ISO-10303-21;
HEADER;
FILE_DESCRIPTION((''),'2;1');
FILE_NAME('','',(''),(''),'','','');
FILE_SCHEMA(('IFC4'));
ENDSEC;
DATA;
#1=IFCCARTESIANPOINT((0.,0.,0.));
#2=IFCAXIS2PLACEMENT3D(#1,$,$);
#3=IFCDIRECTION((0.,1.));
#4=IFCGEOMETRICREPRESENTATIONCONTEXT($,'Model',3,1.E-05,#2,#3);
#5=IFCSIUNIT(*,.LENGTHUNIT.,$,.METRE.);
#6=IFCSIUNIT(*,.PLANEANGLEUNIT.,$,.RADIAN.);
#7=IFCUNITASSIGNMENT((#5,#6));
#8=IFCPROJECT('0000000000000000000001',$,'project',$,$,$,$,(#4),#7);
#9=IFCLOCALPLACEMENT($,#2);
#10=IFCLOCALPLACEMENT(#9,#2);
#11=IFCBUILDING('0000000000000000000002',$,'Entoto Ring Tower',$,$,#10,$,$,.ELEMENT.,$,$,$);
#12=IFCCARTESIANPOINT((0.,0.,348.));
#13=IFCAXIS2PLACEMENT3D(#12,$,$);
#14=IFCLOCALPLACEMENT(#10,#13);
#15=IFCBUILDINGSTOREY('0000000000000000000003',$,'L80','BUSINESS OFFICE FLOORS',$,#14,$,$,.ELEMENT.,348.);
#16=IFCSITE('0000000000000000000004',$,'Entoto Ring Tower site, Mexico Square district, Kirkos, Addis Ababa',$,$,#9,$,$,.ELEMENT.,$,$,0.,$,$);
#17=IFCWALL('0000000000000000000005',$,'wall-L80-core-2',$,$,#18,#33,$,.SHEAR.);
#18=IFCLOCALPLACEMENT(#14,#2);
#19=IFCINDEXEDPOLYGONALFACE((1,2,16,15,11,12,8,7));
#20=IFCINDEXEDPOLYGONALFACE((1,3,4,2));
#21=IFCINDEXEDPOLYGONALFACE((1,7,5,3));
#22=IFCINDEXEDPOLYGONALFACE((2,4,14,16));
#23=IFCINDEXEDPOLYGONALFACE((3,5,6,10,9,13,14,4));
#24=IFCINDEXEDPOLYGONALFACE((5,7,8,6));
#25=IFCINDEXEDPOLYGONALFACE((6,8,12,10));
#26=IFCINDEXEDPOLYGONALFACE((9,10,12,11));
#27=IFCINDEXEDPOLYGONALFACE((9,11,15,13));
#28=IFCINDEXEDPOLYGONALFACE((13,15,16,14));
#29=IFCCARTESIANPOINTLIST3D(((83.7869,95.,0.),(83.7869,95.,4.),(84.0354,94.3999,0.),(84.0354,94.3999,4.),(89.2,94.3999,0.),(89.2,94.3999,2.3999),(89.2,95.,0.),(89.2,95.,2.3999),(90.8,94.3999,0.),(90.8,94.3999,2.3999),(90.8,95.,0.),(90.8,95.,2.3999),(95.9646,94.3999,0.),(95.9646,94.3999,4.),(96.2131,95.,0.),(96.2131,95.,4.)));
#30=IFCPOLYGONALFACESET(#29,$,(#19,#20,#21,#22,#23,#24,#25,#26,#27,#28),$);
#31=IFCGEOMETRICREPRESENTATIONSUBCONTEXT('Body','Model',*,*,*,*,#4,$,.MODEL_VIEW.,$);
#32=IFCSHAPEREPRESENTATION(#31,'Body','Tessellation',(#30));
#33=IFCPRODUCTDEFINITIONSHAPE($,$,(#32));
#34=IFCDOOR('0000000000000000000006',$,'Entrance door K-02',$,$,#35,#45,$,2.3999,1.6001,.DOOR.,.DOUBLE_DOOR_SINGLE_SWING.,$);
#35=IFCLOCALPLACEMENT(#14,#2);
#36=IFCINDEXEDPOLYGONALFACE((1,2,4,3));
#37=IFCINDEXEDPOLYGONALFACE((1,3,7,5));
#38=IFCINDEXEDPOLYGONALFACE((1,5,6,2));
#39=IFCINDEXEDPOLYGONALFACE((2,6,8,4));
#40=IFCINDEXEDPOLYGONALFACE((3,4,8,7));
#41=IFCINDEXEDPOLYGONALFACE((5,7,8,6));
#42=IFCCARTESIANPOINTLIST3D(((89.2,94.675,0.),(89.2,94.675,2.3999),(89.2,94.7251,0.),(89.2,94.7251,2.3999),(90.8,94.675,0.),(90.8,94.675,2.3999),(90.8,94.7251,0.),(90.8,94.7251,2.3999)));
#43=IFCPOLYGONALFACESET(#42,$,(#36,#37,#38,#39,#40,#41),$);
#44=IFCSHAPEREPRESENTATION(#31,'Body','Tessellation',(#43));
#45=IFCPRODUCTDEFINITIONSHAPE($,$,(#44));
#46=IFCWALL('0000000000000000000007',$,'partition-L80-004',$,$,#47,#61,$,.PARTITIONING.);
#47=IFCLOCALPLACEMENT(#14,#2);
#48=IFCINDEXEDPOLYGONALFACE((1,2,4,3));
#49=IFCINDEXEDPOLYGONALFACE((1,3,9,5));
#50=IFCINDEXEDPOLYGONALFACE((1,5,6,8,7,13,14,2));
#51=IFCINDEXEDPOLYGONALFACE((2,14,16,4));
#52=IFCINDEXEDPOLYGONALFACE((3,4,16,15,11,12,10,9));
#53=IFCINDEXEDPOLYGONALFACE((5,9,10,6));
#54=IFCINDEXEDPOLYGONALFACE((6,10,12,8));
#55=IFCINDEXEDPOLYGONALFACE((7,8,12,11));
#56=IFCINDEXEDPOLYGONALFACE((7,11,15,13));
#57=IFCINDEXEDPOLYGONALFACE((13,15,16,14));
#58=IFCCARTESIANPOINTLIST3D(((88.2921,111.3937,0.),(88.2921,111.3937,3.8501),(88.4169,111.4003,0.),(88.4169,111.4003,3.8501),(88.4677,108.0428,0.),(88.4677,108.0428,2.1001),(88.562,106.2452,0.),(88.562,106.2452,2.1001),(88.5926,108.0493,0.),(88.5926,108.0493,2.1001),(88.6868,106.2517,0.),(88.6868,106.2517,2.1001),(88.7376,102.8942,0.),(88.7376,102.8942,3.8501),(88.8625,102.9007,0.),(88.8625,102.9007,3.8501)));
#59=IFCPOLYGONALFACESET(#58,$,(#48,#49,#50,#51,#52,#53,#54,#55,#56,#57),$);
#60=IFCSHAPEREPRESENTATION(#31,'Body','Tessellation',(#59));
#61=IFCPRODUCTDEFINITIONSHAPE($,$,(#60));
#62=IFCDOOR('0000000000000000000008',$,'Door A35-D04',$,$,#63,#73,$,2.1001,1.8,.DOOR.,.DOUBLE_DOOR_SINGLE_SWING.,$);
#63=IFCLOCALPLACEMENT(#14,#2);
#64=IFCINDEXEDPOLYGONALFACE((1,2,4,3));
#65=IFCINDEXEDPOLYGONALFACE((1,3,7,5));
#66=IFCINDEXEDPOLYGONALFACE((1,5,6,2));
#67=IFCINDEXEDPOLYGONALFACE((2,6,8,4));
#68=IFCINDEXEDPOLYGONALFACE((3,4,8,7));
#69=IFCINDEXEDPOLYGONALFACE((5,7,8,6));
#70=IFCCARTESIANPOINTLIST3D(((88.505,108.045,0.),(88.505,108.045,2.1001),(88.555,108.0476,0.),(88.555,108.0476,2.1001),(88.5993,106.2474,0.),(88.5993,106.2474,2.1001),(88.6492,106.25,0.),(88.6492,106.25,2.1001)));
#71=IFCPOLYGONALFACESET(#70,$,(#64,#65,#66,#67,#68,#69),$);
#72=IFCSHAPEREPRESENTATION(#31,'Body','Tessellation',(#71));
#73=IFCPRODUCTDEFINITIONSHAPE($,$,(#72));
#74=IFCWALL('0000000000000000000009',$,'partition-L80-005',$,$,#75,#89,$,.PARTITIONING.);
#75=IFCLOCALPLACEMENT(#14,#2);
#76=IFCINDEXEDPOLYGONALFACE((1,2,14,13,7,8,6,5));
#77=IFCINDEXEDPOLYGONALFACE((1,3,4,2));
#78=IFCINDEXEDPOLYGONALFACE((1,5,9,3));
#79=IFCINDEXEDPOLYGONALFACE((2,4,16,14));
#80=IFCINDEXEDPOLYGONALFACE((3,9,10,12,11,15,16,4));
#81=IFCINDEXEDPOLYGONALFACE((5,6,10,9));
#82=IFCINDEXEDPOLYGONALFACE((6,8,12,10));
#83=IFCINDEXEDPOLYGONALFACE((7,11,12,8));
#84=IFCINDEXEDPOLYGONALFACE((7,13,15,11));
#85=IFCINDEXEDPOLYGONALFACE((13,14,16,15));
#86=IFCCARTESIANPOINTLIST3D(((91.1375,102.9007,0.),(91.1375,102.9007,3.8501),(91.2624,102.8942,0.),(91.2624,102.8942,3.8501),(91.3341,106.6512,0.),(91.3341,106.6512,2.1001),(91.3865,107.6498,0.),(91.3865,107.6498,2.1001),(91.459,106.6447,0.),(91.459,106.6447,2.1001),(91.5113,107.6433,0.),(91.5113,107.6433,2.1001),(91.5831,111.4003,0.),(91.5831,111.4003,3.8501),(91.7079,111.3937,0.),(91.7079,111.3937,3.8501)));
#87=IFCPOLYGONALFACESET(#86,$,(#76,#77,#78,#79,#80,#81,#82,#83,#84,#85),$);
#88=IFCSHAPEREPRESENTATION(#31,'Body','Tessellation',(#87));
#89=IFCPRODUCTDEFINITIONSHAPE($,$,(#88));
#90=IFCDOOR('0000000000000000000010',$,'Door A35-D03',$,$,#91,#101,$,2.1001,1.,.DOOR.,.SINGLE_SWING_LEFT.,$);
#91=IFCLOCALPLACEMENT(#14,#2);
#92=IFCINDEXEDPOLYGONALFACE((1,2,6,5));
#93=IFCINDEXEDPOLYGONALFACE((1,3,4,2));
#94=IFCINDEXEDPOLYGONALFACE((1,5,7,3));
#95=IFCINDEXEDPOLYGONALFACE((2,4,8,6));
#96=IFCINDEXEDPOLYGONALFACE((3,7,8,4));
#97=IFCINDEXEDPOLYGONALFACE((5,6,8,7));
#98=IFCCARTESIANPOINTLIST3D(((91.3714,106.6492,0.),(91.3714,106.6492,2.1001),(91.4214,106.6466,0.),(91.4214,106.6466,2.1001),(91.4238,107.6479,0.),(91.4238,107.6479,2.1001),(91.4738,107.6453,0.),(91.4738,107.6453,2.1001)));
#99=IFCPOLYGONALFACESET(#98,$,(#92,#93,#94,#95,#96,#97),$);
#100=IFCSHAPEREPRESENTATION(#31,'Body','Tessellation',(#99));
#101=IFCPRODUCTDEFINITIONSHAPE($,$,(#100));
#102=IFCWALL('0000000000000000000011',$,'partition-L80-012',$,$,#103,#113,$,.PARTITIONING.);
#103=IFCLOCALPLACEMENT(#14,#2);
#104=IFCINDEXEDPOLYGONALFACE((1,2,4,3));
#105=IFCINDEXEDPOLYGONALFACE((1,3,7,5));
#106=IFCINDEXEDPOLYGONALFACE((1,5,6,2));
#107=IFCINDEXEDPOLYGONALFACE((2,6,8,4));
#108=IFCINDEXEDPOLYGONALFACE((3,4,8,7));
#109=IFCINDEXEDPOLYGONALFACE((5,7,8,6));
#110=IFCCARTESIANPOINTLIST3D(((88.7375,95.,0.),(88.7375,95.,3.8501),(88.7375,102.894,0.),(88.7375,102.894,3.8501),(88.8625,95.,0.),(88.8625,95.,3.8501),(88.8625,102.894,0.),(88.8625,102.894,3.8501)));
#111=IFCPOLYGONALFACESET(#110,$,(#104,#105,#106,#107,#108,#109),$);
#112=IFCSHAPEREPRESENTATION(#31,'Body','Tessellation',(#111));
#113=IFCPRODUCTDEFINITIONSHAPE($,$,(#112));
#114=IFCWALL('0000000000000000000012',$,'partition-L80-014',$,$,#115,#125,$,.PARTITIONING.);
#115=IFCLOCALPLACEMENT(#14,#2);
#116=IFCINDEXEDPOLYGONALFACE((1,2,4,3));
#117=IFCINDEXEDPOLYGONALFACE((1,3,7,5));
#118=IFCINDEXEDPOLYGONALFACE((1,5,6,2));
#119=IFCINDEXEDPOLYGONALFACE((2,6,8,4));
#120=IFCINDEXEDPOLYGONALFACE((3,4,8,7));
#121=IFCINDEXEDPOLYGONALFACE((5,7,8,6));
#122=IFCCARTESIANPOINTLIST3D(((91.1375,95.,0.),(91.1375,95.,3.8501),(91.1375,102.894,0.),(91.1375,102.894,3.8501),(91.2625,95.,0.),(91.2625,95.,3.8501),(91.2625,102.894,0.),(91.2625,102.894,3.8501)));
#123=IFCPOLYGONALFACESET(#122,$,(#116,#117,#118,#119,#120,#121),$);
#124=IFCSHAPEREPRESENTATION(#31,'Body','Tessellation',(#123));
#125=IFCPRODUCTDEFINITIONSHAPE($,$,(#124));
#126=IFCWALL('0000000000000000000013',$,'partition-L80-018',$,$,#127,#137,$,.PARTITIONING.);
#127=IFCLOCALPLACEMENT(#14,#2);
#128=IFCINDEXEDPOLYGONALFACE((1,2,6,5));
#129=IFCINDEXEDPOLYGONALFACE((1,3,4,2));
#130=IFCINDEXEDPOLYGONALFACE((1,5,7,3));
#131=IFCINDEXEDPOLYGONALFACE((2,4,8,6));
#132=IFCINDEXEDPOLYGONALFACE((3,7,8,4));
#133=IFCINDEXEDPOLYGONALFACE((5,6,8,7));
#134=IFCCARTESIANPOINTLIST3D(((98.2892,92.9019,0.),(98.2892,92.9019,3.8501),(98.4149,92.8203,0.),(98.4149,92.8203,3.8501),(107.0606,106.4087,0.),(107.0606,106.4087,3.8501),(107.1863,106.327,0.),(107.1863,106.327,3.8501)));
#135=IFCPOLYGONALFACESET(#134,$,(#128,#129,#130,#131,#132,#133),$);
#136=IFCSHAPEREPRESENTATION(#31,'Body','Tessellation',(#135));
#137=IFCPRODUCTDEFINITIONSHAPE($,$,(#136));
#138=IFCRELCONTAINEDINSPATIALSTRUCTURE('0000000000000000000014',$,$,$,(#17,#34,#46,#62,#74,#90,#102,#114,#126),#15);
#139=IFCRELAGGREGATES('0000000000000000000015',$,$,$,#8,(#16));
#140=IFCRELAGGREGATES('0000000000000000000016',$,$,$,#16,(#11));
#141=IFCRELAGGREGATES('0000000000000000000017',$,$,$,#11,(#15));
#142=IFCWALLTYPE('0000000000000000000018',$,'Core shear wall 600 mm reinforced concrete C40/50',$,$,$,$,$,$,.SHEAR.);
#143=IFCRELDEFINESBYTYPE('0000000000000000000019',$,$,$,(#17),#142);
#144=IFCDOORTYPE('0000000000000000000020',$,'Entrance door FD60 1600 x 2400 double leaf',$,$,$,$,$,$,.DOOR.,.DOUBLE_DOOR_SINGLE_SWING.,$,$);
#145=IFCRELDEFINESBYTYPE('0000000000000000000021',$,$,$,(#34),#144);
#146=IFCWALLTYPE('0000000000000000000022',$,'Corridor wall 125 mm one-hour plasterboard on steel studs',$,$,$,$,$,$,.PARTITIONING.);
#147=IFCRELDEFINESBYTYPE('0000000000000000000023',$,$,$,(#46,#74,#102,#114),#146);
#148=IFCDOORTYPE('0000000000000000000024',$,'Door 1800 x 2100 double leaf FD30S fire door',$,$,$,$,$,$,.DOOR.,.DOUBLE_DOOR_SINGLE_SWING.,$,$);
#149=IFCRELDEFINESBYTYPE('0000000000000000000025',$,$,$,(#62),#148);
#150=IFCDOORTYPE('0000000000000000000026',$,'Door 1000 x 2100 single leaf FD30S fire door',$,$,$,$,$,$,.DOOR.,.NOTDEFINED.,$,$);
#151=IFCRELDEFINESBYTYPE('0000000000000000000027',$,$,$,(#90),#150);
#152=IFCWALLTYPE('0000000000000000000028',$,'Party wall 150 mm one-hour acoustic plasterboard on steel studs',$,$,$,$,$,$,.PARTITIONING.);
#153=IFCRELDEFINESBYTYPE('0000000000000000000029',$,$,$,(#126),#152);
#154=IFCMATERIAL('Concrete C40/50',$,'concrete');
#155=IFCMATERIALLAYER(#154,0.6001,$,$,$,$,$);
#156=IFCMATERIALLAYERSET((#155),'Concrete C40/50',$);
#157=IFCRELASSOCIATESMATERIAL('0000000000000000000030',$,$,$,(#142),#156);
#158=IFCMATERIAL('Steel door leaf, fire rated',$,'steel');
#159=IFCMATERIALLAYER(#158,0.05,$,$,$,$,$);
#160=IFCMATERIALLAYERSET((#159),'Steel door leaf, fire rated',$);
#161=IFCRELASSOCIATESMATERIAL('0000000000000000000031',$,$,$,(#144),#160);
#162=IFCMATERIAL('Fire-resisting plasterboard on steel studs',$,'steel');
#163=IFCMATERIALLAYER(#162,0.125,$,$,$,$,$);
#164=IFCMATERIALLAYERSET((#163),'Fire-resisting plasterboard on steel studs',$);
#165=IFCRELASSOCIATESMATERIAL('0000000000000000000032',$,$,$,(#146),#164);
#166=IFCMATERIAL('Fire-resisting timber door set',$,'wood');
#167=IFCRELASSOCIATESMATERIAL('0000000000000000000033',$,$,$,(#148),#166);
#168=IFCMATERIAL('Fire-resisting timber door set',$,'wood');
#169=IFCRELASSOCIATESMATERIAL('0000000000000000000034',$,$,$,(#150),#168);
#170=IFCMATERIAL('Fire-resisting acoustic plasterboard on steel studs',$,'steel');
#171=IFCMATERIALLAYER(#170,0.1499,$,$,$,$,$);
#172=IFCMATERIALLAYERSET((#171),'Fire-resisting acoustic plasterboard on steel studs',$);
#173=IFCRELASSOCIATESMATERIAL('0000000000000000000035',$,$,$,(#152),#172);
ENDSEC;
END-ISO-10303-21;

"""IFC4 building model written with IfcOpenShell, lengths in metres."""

from ifc_helpers import new_model, si_unit, direction, frame, frame_2d, origin, place, context, subcontext, project, spatial, polyline, rectangle, outline, extrude, material, layer, layer_set, type_object, element, fill, save


model = new_model("IFC4")

# Units and contexts
model_context = context("Model", 3, precision=1e-05, world=origin(), true_north=direction((0.0, 1.0)))
body_context = subcontext(model_context, "Body", "Model", "MODEL_VIEW")
ifc_project = project(units=[si_unit("LENGTHUNIT", "METRE"), si_unit("PLANEANGLEUNIT", "RADIAN")], contexts=[model_context])

# Site, building, storey
site_placement = place(None, origin())
site = spatial("IfcSite", under=ifc_project, at=site_placement, Name="Entoto Ring Tower site, Mexico Square district, Kirkos, Addis Ababa", CompositionType="ELEMENT", RefElevation=0.0)
building_placement = place(site_placement, origin())
building = spatial("IfcBuilding", under=site, at=building_placement, Name="Entoto Ring Tower", CompositionType="ELEMENT")
storey_placement = place(building_placement, frame((0.0, 0.0, 348.0)))
storey = spatial("IfcBuildingStorey", under=building, at=storey_placement, Name="L80", Description="BUSINESS OFFICE FLOORS", CompositionType="ELEMENT", Elevation=348.0)

# Walls, openings, doors
ifc_material_1 = material(Name="Concrete C40/50", Category="concrete")
ifc_layer_1 = layer(ifc_material_1, 0.6001)
ifc_layer_set_1 = layer_set([ifc_layer_1], Name="Concrete C40/50")
wall_type_1 = type_object("IfcWallType", Name="Core shear wall 600 mm reinforced concrete C40/50", PredefinedType="SHEAR", material=ifc_layer_set_1)
wall_1_placement = place(storey_placement, frame((96.0889, 94.7, 0.0), z_axis=(0.0, 0.0, 1.0), x_axis=(-1.0, 0.0, 0.0)))
wall_1 = element("IfcWall", 1, at=wall_1_placement, inside=storey, type_object=wall_type_1, Name="wall-L80-core-2", PredefinedType="SHEAR", context=body_context, shape_type="SweptSolid", body=[
    extrude(outline(polyline([(-0.1243, -0.3), (12.302, -0.3), (12.0535, 0.3), (0.1243, 0.3), (-0.1243, -0.3)])), origin(), (0.0, 0.0, 1.0), 4.0),
])
opening_1_placement = place(wall_1_placement, frame((5.2888, 0.0, 0.0)))
opening_1 = element("IfcOpeningElement", 2, at=opening_1_placement, cuts=wall_1, PredefinedType="OPENING", context=body_context, shape_type="SweptSolid", body=[
    extrude(rectangle(XDim=1.6001, YDim=2.3999, at=frame_2d((0.8, 1.2))), frame((0.0, 0.3101, 0.0), z_axis=(0.0, -1.0, 0.0), x_axis=(1.0, 0.0, 0.0)), (0.0, 0.0, 1.0), 0.6201),
])
ifc_material_2 = material(Name="Steel door leaf, fire rated", Category="steel")
ifc_layer_2 = layer(ifc_material_2, 0.05)
ifc_layer_set_2 = layer_set([ifc_layer_2], Name="Steel door leaf, fire rated")
door_type_1 = type_object("IfcDoorType", Name="Entrance door FD60 1600 x 2400 double leaf", OperationType="DOUBLE_DOOR_SINGLE_SWING", PredefinedType="DOOR", material=ifc_layer_set_2)
door_1_placement = place(opening_1_placement, origin())
door_1 = element("IfcDoor", 3, at=door_1_placement, inside=storey, type_object=door_type_1, Name="Entrance door K-02", OperationType="DOUBLE_DOOR_SINGLE_SWING", OverallHeight=2.3999, OverallWidth=1.6001, PredefinedType="DOOR", context=body_context, shape_type="SweptSolid", body=[
    extrude(rectangle(XDim=1.6001, YDim=2.3999, at=frame_2d((0.8, 1.2))), frame((0.0, 0.0249, 0.0), z_axis=(0.0, -1.0, 0.0), x_axis=(1.0, 0.0, 0.0)), (0.0, 0.0, 1.0), 0.05),
])
fill(opening_1, door_1)
ifc_material_3 = material(Name="Fire-resisting plasterboard on steel studs", Category="steel")
ifc_layer_3 = layer(ifc_material_3, 0.125)
ifc_layer_set_3 = layer_set([ifc_layer_3], Name="Fire-resisting plasterboard on steel studs")
wall_type_2 = type_object("IfcWallType", Name="Corridor wall 125 mm one-hour plasterboard on steel studs", PredefinedType="PARTITIONING", material=ifc_layer_set_3)
wall_2_placement = place(storey_placement, frame((88.8, 102.8975, 0.0), z_axis=(0.0, 0.0, 1.0), x_axis=(-0.05235, 0.998629, 0.0)))
wall_2 = element("IfcWall", 4, at=wall_2_placement, inside=storey, type_object=wall_type_2, Name="partition-L80-004", PredefinedType="PARTITIONING", context=body_context, shape_type="SweptSolid", body=[
    extrude(rectangle(XDim=8.5112, YDim=0.125, at=frame_2d((4.2556, 0.0))), origin(), (0.0, 0.0, 1.0), 3.8501),
])
opening_2_placement = place(wall_2_placement, frame((3.3557, 0.0, 0.0)))
opening_2 = element("IfcOpeningElement", 5, at=opening_2_placement, cuts=wall_2, PredefinedType="OPENING", context=body_context, shape_type="SweptSolid", body=[
    extrude(rectangle(XDim=1.8, YDim=2.1001, at=frame_2d((0.8999, 1.05))), frame((0.0, 0.0725, 0.0), z_axis=(0.0, -1.0, 0.0), x_axis=(1.0, 0.0, 0.0)), (0.0, 0.0, 1.0), 0.145),
])
ifc_material_4 = material(Name="Fire-resisting timber door set", Category="wood")
door_type_2 = type_object("IfcDoorType", Name="Door 1800 x 2100 double leaf FD30S fire door", OperationType="DOUBLE_DOOR_SINGLE_SWING", PredefinedType="DOOR", material=ifc_material_4)
door_2_placement = place(opening_2_placement, frame((1.8, 0.0, 0.0), z_axis=(0.0, 0.0, 1.0), x_axis=(-1.0, 0.0, 0.0)))
door_2 = element("IfcDoor", 6, at=door_2_placement, inside=storey, type_object=door_type_2, Name="Door A35-D04", OperationType="DOUBLE_DOOR_SINGLE_SWING", OverallHeight=2.1001, OverallWidth=1.8, PredefinedType="DOOR", context=body_context, shape_type="SweptSolid", body=[
    extrude(rectangle(XDim=1.8, YDim=2.1001, at=frame_2d((0.8999, 1.05))), frame((0.0, 0.0249, 0.0), z_axis=(0.0, -1.0, 0.0), x_axis=(1.0, 0.0, 0.0)), (0.0, 0.0, 1.0), 0.05),
])
fill(opening_2, door_2)
wall_3_placement = place(storey_placement, frame((91.2, 102.8975, 0.0), z_axis=(0.0, 0.0, 1.0), x_axis=(0.05235, 0.998629, 0.0)))
wall_3 = element("IfcWall", 7, at=wall_3_placement, inside=storey, type_object=wall_type_2, Name="partition-L80-005", PredefinedType="PARTITIONING", context=body_context, shape_type="SweptSolid", body=[
    extrude(rectangle(XDim=8.5112, YDim=0.125, at=frame_2d((4.2556, 0.0))), origin(), (0.0, 0.0, 1.0), 3.8501),
])
opening_3_placement = place(wall_3_placement, frame((3.7556, 0.0, 0.0)))
opening_3 = element("IfcOpeningElement", 8, at=opening_3_placement, cuts=wall_3, PredefinedType="OPENING", context=body_context, shape_type="SweptSolid", body=[
    extrude(rectangle(XDim=1.0, YDim=2.1001, at=frame_2d((0.5, 1.05))), frame((0.0, 0.0725, 0.0), z_axis=(0.0, -1.0, 0.0), x_axis=(1.0, 0.0, 0.0)), (0.0, 0.0, 1.0), 0.145),
])
ifc_material_5 = material(Name="Fire-resisting timber door set", Category="wood")
door_type_3 = type_object("IfcDoorType", Name="Door 1000 x 2100 single leaf FD30S fire door", OperationType="NOTDEFINED", PredefinedType="DOOR", material=ifc_material_5)
door_3_placement = place(opening_3_placement, frame((1.0, 0.0, 0.0), z_axis=(0.0, 0.0, 1.0), x_axis=(-1.0, 0.0, 0.0)))
door_3 = element("IfcDoor", 9, at=door_3_placement, inside=storey, type_object=door_type_3, Name="Door A35-D03", OperationType="SINGLE_SWING_LEFT", OverallHeight=2.1001, OverallWidth=1.0, PredefinedType="DOOR", context=body_context, shape_type="SweptSolid", body=[
    extrude(rectangle(XDim=1.0, YDim=2.1001, at=frame_2d((0.5, 1.05))), frame((0.0, 0.0249, 0.0), z_axis=(0.0, -1.0, 0.0), x_axis=(1.0, 0.0, 0.0)), (0.0, 0.0, 1.0), 0.05),
])
fill(opening_3, door_3)

# Walls
for number, where, z_axis, x_axis, name in (
    (10, (88.8, 95.0, 0.0), (0.0, 0.0, 1.0), (0.0, 1.0, 0.0), "partition-L80-012"),
    (11, (91.2, 95.0, 0.0), (0.0, 0.0, 1.0), (0.0, 1.0, 0.0), "partition-L80-014"),
):
    element("IfcWall", number, at=place(storey_placement, frame(where, z_axis=z_axis, x_axis=x_axis)), inside=storey, type_object=wall_type_2, Name=name, PredefinedType="PARTITIONING", context=body_context, shape_type="SweptSolid", body=[
        extrude(rectangle(XDim=7.894, YDim=0.125, at=frame_2d((3.947, 0.0))), origin(), (0.0, 0.0, 1.0), 3.8501),
    ])
ifc_material_6 = material(Name="Fire-resisting acoustic plasterboard on steel studs", Category="steel")
ifc_layer_4 = layer(ifc_material_6, 0.1499)
ifc_layer_set_4 = layer_set([ifc_layer_4], Name="Fire-resisting acoustic plasterboard on steel studs")
wall_type_3 = type_object("IfcWallType", Name="Party wall 150 mm one-hour acoustic plasterboard on steel studs", PredefinedType="PARTITIONING", material=ifc_layer_set_4)
wall_4_placement = place(storey_placement, frame((98.3521, 92.8611, 0.0), z_axis=(0.0, 0.0, 1.0), x_axis=(0.544641, 0.838669, 0.0)))
element("IfcWall", 12, at=wall_4_placement, inside=storey, type_object=wall_type_3, Name="partition-L80-018", PredefinedType="PARTITIONING", context=body_context, shape_type="SweptSolid", body=[
    extrude(rectangle(XDim=16.105, YDim=0.1499, at=frame_2d((8.0525, 0.0))), origin(), (0.0, 0.0, 1.0), 3.8501),
])

save(model, "model.ifc")
